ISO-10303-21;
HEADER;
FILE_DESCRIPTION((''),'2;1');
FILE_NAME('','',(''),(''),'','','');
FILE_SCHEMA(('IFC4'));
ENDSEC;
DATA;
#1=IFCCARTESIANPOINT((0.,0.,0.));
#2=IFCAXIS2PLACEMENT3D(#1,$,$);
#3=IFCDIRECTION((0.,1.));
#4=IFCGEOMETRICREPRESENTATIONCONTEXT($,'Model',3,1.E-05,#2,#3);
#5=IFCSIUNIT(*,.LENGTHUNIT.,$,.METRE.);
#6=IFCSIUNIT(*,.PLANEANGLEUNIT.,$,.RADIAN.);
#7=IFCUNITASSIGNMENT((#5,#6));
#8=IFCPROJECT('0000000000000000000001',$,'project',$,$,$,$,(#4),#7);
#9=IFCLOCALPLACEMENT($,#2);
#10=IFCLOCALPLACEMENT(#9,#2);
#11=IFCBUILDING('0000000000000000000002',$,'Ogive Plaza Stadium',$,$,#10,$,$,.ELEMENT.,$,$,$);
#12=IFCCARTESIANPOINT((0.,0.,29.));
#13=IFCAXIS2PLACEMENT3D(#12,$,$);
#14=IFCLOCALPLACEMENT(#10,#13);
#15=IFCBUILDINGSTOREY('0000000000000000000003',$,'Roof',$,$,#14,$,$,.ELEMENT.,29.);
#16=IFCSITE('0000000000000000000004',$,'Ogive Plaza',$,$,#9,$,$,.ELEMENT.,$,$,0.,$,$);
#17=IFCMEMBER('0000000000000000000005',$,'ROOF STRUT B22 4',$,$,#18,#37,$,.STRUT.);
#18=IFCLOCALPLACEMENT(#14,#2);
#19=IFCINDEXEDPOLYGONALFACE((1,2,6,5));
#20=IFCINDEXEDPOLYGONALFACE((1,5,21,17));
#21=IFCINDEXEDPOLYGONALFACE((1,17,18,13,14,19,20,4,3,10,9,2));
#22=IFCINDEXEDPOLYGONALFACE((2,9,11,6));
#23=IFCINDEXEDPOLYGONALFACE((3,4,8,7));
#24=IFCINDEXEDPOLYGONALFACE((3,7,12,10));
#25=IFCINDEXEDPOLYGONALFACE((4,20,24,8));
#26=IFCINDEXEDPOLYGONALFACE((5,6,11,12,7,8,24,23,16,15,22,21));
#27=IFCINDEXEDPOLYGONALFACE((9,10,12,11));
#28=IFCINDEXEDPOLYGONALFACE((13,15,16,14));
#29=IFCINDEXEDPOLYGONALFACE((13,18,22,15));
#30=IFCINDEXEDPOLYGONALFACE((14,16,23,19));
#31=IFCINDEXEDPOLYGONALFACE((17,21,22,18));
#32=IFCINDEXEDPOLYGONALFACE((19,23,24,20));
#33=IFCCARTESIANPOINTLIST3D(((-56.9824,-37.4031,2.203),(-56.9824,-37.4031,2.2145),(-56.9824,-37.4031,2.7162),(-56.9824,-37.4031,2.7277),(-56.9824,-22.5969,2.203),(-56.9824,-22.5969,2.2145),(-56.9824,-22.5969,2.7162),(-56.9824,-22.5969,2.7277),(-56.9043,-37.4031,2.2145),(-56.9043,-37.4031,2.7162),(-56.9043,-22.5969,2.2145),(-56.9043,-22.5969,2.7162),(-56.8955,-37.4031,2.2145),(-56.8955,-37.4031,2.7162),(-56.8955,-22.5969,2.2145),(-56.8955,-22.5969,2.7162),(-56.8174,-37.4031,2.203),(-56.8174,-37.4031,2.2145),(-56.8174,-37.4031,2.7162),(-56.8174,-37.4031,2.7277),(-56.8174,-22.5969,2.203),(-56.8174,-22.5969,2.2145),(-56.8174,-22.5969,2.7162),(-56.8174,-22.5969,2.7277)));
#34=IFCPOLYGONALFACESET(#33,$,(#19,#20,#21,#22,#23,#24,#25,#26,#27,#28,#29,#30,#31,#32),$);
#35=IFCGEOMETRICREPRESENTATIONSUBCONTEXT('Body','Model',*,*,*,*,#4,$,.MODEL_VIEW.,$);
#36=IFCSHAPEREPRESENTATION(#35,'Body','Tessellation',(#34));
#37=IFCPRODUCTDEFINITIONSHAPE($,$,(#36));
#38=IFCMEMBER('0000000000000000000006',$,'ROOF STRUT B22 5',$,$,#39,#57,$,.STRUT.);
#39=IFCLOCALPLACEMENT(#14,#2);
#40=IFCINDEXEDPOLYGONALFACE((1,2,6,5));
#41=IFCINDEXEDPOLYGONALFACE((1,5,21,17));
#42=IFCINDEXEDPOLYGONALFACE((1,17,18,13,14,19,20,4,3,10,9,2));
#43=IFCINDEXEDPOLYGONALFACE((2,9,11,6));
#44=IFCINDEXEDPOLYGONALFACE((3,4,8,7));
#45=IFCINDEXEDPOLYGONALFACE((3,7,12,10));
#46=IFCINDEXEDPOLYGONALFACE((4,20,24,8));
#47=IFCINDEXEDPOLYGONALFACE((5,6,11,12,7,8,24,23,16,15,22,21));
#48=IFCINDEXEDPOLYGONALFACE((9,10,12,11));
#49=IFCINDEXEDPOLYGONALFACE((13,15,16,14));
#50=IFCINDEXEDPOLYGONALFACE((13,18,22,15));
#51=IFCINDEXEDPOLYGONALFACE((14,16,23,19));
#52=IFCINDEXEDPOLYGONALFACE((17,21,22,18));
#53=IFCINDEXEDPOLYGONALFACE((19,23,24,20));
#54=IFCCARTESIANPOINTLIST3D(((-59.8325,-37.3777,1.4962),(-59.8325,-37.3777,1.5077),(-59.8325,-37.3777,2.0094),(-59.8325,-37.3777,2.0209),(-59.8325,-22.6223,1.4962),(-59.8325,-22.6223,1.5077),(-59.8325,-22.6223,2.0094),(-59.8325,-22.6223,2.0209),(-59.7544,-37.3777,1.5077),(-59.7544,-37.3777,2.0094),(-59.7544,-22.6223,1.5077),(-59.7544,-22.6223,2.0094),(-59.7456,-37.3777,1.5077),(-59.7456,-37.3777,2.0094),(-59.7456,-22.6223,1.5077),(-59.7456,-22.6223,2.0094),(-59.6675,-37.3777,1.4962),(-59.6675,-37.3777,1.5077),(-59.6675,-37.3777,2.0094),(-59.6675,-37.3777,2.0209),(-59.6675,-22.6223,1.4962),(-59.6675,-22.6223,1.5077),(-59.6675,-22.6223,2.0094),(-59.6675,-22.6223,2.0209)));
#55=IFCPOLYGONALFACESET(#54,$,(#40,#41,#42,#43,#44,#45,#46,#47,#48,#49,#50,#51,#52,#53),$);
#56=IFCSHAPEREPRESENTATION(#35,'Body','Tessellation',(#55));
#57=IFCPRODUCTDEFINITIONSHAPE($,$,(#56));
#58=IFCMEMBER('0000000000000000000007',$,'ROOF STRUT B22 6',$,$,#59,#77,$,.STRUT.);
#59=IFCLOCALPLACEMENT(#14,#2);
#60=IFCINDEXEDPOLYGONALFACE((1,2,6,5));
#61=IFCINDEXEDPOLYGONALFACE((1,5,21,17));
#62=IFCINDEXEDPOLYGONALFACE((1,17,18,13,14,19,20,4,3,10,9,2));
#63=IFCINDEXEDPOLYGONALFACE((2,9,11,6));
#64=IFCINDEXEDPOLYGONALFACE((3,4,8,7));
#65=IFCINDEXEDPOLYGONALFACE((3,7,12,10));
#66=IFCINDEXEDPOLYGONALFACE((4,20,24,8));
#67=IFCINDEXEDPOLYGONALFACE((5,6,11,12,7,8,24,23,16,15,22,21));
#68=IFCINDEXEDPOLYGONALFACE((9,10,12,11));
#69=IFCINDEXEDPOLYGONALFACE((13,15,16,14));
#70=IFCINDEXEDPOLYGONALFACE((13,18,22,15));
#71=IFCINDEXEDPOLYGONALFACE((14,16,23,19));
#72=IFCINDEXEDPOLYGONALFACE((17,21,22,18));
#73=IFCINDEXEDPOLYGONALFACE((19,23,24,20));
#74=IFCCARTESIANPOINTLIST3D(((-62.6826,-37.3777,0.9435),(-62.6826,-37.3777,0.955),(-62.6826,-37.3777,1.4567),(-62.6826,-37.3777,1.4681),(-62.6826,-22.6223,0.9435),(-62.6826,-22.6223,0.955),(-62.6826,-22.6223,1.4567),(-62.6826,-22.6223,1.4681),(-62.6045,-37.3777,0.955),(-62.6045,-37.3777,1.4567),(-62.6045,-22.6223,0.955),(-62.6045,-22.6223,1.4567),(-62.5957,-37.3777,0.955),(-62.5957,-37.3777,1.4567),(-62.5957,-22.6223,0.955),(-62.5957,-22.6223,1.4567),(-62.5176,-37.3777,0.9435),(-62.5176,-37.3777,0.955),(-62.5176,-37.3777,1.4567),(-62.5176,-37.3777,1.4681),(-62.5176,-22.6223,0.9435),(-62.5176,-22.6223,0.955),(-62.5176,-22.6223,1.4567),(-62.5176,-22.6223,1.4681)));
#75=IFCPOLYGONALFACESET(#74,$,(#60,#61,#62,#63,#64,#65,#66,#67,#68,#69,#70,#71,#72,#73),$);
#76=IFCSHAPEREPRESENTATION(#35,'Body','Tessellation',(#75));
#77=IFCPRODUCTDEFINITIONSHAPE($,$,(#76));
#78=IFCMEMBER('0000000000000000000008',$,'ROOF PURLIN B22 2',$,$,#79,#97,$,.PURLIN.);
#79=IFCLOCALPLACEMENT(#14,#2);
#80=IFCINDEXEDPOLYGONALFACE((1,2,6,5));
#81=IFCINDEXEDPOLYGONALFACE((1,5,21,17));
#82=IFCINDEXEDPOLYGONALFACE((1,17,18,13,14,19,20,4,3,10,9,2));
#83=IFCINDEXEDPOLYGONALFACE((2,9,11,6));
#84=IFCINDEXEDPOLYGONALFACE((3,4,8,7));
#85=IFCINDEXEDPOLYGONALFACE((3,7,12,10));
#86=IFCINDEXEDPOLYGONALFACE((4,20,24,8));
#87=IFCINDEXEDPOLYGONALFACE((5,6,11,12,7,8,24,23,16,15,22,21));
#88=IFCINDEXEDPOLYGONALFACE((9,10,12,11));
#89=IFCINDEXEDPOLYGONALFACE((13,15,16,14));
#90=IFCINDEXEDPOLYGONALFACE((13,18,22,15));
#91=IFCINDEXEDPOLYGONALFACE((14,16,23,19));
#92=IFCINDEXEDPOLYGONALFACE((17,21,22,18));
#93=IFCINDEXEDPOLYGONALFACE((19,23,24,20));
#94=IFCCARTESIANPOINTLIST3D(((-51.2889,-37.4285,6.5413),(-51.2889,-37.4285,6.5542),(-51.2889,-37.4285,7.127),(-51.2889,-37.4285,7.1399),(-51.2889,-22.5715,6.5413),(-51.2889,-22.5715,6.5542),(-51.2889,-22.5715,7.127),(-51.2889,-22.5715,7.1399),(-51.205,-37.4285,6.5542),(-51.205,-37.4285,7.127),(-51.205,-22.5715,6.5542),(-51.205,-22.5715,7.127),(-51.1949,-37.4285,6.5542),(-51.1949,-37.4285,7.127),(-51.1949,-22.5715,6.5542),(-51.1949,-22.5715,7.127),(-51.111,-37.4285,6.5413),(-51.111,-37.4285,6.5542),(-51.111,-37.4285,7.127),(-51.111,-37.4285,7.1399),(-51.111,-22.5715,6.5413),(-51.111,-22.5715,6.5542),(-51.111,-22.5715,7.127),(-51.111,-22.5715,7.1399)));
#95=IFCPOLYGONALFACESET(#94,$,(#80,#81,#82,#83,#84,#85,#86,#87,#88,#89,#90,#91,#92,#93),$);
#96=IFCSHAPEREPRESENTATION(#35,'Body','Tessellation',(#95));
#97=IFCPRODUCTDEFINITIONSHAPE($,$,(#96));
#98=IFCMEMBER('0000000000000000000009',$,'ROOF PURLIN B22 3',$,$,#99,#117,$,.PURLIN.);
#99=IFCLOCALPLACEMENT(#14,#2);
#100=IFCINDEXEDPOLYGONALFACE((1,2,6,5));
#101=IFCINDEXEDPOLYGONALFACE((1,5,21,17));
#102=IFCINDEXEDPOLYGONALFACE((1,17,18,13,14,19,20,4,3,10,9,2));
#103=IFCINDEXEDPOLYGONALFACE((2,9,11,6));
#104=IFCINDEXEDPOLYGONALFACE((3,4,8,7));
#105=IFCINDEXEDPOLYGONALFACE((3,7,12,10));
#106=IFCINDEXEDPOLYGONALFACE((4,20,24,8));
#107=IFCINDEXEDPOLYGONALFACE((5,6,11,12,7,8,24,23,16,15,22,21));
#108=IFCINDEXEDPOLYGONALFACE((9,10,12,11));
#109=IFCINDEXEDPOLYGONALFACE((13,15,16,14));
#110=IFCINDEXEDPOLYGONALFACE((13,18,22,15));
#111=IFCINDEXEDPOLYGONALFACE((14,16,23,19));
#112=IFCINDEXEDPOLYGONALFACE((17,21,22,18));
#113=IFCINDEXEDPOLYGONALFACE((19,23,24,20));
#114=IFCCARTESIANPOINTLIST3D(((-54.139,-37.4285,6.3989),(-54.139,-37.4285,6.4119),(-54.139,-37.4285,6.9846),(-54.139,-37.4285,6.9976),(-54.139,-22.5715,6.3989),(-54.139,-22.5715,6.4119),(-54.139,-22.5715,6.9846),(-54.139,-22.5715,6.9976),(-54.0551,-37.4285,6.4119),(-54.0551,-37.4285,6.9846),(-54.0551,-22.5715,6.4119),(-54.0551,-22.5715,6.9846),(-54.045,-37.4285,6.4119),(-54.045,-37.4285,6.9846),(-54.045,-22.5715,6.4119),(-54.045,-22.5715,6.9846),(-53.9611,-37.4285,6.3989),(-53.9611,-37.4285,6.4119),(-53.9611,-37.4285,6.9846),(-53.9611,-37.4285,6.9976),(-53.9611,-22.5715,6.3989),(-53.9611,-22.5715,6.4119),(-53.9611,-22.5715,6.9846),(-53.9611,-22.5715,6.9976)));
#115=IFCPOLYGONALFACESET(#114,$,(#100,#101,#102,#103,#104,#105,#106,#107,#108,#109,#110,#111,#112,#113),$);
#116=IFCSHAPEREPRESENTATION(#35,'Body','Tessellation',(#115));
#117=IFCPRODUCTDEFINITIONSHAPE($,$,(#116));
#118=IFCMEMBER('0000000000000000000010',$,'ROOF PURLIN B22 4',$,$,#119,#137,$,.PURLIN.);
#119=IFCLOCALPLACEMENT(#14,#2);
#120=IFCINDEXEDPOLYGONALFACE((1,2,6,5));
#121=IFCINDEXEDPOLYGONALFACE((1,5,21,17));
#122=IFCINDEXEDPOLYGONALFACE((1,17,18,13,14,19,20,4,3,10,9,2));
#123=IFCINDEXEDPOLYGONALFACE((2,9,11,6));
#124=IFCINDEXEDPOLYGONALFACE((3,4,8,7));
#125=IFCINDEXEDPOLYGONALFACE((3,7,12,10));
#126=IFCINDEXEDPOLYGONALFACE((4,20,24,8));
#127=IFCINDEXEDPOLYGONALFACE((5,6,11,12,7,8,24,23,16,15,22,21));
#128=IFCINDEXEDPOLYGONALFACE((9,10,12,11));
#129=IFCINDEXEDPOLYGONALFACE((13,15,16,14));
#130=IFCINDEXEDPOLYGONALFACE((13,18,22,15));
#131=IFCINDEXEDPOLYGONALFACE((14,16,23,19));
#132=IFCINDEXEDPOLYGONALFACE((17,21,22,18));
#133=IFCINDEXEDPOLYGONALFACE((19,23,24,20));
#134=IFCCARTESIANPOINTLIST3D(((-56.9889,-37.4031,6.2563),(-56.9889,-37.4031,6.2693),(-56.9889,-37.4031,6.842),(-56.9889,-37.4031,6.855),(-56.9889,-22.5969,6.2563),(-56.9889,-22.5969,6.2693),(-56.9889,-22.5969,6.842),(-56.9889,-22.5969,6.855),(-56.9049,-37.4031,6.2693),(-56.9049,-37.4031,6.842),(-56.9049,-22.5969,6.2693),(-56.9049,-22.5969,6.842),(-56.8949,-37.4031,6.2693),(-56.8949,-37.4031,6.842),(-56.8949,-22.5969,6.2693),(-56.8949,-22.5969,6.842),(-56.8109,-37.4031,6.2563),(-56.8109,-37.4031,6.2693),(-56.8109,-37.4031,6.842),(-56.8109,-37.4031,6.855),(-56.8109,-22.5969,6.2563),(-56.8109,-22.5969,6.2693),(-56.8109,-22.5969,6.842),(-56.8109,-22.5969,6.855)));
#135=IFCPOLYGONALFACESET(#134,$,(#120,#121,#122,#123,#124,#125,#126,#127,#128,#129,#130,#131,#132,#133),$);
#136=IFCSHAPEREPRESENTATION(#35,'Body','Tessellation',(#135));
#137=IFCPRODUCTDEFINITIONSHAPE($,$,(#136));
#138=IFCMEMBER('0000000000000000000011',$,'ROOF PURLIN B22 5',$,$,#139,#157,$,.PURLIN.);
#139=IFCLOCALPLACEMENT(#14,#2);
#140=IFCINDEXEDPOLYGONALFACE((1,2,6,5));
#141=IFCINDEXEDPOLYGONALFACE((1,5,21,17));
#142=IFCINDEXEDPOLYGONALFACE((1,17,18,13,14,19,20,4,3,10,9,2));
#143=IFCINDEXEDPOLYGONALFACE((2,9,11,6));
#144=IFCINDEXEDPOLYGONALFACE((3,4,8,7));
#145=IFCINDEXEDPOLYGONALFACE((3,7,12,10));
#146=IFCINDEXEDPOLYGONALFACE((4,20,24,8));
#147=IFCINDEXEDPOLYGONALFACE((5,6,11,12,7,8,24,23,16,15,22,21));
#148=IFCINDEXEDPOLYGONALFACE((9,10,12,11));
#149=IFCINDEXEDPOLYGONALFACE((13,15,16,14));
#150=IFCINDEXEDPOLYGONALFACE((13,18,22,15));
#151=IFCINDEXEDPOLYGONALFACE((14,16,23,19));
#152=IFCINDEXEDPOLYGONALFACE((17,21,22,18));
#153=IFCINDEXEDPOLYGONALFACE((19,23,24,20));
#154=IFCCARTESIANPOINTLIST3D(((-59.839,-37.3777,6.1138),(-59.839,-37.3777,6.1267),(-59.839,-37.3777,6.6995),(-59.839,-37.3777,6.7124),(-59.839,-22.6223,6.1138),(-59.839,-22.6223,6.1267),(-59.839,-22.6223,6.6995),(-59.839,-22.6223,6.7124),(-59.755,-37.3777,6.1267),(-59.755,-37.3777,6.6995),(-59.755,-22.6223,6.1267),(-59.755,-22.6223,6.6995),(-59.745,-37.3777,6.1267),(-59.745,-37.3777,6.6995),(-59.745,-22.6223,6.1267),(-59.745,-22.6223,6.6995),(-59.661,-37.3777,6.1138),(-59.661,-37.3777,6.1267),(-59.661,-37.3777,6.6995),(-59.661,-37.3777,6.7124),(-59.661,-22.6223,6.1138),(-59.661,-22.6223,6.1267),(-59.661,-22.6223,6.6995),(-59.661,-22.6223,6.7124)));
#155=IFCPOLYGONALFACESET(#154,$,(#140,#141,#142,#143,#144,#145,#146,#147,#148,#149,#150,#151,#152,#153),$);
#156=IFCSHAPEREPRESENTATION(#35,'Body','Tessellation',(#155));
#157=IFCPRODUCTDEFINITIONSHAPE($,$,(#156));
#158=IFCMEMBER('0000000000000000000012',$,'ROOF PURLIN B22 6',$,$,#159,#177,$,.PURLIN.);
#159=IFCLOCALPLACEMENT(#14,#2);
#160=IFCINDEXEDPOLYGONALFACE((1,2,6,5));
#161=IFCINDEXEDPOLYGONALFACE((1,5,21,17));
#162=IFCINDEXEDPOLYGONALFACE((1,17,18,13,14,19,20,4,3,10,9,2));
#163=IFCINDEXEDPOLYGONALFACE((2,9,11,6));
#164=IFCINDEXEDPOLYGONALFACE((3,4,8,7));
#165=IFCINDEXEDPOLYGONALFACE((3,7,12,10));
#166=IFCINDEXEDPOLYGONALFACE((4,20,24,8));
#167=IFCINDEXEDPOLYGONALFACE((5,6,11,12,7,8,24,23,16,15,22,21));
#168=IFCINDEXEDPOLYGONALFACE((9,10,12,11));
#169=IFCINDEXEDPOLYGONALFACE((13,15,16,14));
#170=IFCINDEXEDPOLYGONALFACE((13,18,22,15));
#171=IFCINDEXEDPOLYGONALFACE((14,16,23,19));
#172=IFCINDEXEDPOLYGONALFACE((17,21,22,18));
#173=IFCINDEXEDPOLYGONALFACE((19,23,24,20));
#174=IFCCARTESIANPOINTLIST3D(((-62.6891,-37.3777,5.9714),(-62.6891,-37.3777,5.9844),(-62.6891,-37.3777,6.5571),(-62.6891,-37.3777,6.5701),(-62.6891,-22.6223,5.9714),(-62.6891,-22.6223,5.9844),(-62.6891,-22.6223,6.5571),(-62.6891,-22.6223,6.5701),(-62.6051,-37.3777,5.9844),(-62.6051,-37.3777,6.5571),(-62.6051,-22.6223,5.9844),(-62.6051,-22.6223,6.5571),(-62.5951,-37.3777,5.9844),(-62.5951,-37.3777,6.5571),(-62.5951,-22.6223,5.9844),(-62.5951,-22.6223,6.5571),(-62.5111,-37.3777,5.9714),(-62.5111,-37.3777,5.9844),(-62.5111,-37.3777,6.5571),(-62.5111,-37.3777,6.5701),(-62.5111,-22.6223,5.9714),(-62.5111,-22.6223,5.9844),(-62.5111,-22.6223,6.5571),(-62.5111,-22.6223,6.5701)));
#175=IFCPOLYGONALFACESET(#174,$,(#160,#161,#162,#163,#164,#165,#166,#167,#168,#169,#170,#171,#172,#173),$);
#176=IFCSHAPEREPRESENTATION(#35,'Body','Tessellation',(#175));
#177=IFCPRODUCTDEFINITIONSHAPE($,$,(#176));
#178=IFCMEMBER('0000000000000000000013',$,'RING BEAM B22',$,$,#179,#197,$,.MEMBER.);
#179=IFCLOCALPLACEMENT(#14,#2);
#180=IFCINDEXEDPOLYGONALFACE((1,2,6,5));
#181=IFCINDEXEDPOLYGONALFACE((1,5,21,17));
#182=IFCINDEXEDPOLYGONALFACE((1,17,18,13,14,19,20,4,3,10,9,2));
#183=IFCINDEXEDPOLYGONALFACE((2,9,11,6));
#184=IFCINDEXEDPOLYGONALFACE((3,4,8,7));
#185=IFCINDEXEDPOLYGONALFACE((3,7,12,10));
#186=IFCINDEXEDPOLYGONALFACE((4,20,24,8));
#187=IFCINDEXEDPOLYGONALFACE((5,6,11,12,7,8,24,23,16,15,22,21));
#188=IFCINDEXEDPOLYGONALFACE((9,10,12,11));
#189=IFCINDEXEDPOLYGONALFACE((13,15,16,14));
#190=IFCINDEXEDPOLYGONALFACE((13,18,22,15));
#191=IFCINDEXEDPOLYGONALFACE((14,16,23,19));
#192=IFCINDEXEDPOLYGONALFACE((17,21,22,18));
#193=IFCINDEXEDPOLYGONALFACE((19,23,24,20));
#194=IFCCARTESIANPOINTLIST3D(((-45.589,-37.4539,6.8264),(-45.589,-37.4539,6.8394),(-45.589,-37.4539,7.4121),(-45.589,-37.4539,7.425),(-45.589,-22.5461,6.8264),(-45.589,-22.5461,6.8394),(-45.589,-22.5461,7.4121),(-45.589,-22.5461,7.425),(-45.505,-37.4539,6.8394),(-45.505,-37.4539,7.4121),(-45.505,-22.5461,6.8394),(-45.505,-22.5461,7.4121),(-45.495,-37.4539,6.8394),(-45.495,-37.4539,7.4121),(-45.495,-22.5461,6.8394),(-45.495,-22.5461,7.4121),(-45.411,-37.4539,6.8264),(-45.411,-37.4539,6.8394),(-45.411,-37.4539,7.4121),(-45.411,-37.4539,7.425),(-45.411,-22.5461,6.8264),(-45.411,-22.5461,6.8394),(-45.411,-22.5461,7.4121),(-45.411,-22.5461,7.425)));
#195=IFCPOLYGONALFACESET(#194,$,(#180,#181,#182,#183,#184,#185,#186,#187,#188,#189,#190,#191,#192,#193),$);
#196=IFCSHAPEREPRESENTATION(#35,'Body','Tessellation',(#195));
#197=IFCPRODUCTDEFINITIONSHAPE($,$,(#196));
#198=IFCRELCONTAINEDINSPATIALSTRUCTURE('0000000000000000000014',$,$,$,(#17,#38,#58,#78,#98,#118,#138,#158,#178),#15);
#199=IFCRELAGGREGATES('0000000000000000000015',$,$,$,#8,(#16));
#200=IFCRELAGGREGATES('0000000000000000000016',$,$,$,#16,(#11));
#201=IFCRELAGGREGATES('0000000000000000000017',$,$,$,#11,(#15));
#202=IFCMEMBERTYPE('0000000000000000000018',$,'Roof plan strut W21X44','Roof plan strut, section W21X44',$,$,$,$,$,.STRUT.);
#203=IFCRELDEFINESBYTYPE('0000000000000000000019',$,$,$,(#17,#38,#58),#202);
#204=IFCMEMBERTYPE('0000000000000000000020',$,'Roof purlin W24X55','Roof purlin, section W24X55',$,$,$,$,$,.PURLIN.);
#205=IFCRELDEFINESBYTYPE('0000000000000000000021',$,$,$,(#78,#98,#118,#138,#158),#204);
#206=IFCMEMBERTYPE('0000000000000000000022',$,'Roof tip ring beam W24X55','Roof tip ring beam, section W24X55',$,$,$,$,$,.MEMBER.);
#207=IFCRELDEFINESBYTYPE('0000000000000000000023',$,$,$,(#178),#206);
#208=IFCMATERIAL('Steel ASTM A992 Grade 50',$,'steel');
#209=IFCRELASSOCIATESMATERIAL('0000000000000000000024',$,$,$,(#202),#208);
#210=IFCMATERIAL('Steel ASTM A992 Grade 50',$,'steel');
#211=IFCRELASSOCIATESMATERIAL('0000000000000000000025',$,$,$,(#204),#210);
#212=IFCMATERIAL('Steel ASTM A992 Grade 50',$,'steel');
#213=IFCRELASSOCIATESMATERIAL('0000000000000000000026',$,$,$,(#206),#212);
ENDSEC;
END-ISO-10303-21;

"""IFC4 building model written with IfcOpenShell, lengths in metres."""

from ifc_helpers import new_model, si_unit, direction, frame, origin, origin_2d, place, context, subcontext, project, spatial, i_section, extrude, material, material_profile, profile_set, type_object, element, save


model = new_model("IFC4")

# Units and contexts
model_context = context("Model", 3, precision=1e-05, world=origin(), true_north=direction((0.0, 1.0)))
body_context = subcontext(model_context, "Body", "Model", "MODEL_VIEW")
ifc_project = project(units=[si_unit("LENGTHUNIT", "METRE"), si_unit("PLANEANGLEUNIT", "RADIAN")], contexts=[model_context])

# Site, building, storey
site_placement = place(None, origin())
site = spatial("IfcSite", under=ifc_project, at=site_placement, Name="Ogive Plaza", CompositionType="ELEMENT", RefElevation=0.0)
building_placement = place(site_placement, origin())
building = spatial("IfcBuilding", under=site, at=building_placement, Name="Ogive Plaza Stadium", CompositionType="ELEMENT")
storey_placement = place(building_placement, frame((0.0, 0.0, 29.0)))
storey = spatial("IfcBuildingStorey", under=building, at=storey_placement, Name="Roof", CompositionType="ELEMENT", Elevation=29.0)

# Members
ifc_material_1 = material(Name="Steel ASTM A992 Grade 50", Category="steel")
ifc_material_profile_1 = material_profile(ifc_material_1, i_section(OverallWidth=0.165, OverallDepth=0.5247, WebThickness=0.0088, FlangeThickness=0.0115, at=origin_2d()), Name="W21X44")
ifc_profile_set_1 = profile_set([ifc_material_profile_1], Name="Steel ASTM A992 Grade 50")
member_type_1 = type_object("IfcMemberType", Name="Roof plan strut W21X44", Description="Roof plan strut, section W21X44", PredefinedType="STRUT", material=ifc_profile_set_1)
member_1_placement = place(storey_placement, frame((-56.8999, -37.4031, 2.4653), z_axis=(0.0, 1.0, 0.0), x_axis=(-1.0, 0.0, 0.0)))
element("IfcMember", 1, at=member_1_placement, inside=storey, type_object=member_type_1, Name="ROOF STRUT B22 4", PredefinedType="STRUT", context=body_context, shape_type="SweptSolid", body=[
    extrude(i_section(OverallWidth=0.165, OverallDepth=0.5247, WebThickness=0.0088, FlangeThickness=0.0115, at=origin_2d()), origin(), (0.0, 0.0, 1.0), 14.8062),
])
for number, where, z_axis, x_axis, name in (
    (2, (-59.75, -37.3777, 1.7585), (0.0, 1.0, 0.0), (-1.0, 0.0, 0.0), "ROOF STRUT B22 5"),
    (3, (-62.6001, -37.3777, 1.2058), (0.0, 1.0, 0.0), (-1.0, 0.0, 0.0), "ROOF STRUT B22 6"),
):
    element("IfcMember", number, at=place(storey_placement, frame(where, z_axis=z_axis, x_axis=x_axis)), inside=storey, type_object=member_type_1, Name=name, PredefinedType="STRUT", context=body_context, shape_type="SweptSolid", body=[
        extrude(i_section(OverallWidth=0.165, OverallDepth=0.5247, WebThickness=0.0088, FlangeThickness=0.0115, at=origin_2d()), origin(), (0.0, 0.0, 1.0), 14.7554),
    ])
ifc_material_2 = material(Name="Steel ASTM A992 Grade 50", Category="steel")
ifc_material_profile_2 = material_profile(ifc_material_2, i_section(OverallWidth=0.178, OverallDepth=0.5986, WebThickness=0.01, FlangeThickness=0.0129, at=origin_2d()), Name="W24X55")
ifc_profile_set_2 = profile_set([ifc_material_profile_2], Name="Steel ASTM A992 Grade 50")
member_type_2 = type_object("IfcMemberType", Name="Roof purlin W24X55", Description="Roof purlin, section W24X55", PredefinedType="PURLIN", material=ifc_profile_set_2)
for number, where, z_axis, x_axis, name in (
    (4, (-51.2, -37.4285, 6.8406), (0.0, 1.0, 0.0), (-1.0, 0.0, 0.0), "ROOF PURLIN B22 2"),
    (5, (-54.05, -37.4285, 6.6982), (0.0, 1.0, 0.0), (-1.0, 0.0, 0.0), "ROOF PURLIN B22 3"),
):
    element("IfcMember", number, at=place(storey_placement, frame(where, z_axis=z_axis, x_axis=x_axis)), inside=storey, type_object=member_type_2, Name=name, PredefinedType="PURLIN", context=body_context, shape_type="SweptSolid", body=[
        extrude(i_section(OverallWidth=0.178, OverallDepth=0.5986, WebThickness=0.01, FlangeThickness=0.0129, at=origin_2d()), origin(), (0.0, 0.0, 1.0), 14.8569),
    ])
member_2_placement = place(storey_placement, frame((-56.8999, -37.4031, 6.5557), z_axis=(0.0, 1.0, 0.0), x_axis=(-1.0, 0.0, 0.0)))
element("IfcMember", 6, at=member_2_placement, inside=storey, type_object=member_type_2, Name="ROOF PURLIN B22 4", PredefinedType="PURLIN", context=body_context, shape_type="SweptSolid", body=[
    extrude(i_section(OverallWidth=0.178, OverallDepth=0.5986, WebThickness=0.01, FlangeThickness=0.0129, at=origin_2d()), origin(), (0.0, 0.0, 1.0), 14.8062),
])
for number, where, z_axis, x_axis, name in (
    (7, (-59.75, -37.3777, 6.4131), (0.0, 1.0, 0.0), (-1.0, 0.0, 0.0), "ROOF PURLIN B22 5"),
    (8, (-62.6001, -37.3777, 6.2708), (0.0, 1.0, 0.0), (-1.0, 0.0, 0.0), "ROOF PURLIN B22 6"),
):
    element("IfcMember", number, at=place(storey_placement, frame(where, z_axis=z_axis, x_axis=x_axis)), inside=storey, type_object=member_type_2, Name=name, PredefinedType="PURLIN", context=body_context, shape_type="SweptSolid", body=[
        extrude(i_section(OverallWidth=0.178, OverallDepth=0.5986, WebThickness=0.01, FlangeThickness=0.0129, at=origin_2d()), origin(), (0.0, 0.0, 1.0), 14.7554),
    ])
ifc_material_3 = material(Name="Steel ASTM A992 Grade 50", Category="steel")
ifc_material_profile_3 = material_profile(ifc_material_3, i_section(OverallWidth=0.178, OverallDepth=0.5986, WebThickness=0.01, FlangeThickness=0.0129, at=origin_2d()), Name="W24X55")
ifc_profile_set_3 = profile_set([ifc_material_profile_3], Name="Steel ASTM A992 Grade 50")
member_type_3 = type_object("IfcMemberType", Name="Roof tip ring beam W24X55", Description="Roof tip ring beam, section W24X55", PredefinedType="MEMBER", material=ifc_profile_set_3)
member_3_placement = place(storey_placement, frame((-45.5, -37.4539, 7.1257), z_axis=(0.0, 1.0, 0.0), x_axis=(-1.0, 0.0, 0.0)))
element("IfcMember", 9, at=member_3_placement, inside=storey, type_object=member_type_3, Name="RING BEAM B22", PredefinedType="MEMBER", context=body_context, shape_type="SweptSolid", body=[
    extrude(i_section(OverallWidth=0.178, OverallDepth=0.5986, WebThickness=0.01, FlangeThickness=0.0129, at=origin_2d()), origin(), (0.0, 0.0, 1.0), 14.9077),
])

save(model, "model.ifc")
